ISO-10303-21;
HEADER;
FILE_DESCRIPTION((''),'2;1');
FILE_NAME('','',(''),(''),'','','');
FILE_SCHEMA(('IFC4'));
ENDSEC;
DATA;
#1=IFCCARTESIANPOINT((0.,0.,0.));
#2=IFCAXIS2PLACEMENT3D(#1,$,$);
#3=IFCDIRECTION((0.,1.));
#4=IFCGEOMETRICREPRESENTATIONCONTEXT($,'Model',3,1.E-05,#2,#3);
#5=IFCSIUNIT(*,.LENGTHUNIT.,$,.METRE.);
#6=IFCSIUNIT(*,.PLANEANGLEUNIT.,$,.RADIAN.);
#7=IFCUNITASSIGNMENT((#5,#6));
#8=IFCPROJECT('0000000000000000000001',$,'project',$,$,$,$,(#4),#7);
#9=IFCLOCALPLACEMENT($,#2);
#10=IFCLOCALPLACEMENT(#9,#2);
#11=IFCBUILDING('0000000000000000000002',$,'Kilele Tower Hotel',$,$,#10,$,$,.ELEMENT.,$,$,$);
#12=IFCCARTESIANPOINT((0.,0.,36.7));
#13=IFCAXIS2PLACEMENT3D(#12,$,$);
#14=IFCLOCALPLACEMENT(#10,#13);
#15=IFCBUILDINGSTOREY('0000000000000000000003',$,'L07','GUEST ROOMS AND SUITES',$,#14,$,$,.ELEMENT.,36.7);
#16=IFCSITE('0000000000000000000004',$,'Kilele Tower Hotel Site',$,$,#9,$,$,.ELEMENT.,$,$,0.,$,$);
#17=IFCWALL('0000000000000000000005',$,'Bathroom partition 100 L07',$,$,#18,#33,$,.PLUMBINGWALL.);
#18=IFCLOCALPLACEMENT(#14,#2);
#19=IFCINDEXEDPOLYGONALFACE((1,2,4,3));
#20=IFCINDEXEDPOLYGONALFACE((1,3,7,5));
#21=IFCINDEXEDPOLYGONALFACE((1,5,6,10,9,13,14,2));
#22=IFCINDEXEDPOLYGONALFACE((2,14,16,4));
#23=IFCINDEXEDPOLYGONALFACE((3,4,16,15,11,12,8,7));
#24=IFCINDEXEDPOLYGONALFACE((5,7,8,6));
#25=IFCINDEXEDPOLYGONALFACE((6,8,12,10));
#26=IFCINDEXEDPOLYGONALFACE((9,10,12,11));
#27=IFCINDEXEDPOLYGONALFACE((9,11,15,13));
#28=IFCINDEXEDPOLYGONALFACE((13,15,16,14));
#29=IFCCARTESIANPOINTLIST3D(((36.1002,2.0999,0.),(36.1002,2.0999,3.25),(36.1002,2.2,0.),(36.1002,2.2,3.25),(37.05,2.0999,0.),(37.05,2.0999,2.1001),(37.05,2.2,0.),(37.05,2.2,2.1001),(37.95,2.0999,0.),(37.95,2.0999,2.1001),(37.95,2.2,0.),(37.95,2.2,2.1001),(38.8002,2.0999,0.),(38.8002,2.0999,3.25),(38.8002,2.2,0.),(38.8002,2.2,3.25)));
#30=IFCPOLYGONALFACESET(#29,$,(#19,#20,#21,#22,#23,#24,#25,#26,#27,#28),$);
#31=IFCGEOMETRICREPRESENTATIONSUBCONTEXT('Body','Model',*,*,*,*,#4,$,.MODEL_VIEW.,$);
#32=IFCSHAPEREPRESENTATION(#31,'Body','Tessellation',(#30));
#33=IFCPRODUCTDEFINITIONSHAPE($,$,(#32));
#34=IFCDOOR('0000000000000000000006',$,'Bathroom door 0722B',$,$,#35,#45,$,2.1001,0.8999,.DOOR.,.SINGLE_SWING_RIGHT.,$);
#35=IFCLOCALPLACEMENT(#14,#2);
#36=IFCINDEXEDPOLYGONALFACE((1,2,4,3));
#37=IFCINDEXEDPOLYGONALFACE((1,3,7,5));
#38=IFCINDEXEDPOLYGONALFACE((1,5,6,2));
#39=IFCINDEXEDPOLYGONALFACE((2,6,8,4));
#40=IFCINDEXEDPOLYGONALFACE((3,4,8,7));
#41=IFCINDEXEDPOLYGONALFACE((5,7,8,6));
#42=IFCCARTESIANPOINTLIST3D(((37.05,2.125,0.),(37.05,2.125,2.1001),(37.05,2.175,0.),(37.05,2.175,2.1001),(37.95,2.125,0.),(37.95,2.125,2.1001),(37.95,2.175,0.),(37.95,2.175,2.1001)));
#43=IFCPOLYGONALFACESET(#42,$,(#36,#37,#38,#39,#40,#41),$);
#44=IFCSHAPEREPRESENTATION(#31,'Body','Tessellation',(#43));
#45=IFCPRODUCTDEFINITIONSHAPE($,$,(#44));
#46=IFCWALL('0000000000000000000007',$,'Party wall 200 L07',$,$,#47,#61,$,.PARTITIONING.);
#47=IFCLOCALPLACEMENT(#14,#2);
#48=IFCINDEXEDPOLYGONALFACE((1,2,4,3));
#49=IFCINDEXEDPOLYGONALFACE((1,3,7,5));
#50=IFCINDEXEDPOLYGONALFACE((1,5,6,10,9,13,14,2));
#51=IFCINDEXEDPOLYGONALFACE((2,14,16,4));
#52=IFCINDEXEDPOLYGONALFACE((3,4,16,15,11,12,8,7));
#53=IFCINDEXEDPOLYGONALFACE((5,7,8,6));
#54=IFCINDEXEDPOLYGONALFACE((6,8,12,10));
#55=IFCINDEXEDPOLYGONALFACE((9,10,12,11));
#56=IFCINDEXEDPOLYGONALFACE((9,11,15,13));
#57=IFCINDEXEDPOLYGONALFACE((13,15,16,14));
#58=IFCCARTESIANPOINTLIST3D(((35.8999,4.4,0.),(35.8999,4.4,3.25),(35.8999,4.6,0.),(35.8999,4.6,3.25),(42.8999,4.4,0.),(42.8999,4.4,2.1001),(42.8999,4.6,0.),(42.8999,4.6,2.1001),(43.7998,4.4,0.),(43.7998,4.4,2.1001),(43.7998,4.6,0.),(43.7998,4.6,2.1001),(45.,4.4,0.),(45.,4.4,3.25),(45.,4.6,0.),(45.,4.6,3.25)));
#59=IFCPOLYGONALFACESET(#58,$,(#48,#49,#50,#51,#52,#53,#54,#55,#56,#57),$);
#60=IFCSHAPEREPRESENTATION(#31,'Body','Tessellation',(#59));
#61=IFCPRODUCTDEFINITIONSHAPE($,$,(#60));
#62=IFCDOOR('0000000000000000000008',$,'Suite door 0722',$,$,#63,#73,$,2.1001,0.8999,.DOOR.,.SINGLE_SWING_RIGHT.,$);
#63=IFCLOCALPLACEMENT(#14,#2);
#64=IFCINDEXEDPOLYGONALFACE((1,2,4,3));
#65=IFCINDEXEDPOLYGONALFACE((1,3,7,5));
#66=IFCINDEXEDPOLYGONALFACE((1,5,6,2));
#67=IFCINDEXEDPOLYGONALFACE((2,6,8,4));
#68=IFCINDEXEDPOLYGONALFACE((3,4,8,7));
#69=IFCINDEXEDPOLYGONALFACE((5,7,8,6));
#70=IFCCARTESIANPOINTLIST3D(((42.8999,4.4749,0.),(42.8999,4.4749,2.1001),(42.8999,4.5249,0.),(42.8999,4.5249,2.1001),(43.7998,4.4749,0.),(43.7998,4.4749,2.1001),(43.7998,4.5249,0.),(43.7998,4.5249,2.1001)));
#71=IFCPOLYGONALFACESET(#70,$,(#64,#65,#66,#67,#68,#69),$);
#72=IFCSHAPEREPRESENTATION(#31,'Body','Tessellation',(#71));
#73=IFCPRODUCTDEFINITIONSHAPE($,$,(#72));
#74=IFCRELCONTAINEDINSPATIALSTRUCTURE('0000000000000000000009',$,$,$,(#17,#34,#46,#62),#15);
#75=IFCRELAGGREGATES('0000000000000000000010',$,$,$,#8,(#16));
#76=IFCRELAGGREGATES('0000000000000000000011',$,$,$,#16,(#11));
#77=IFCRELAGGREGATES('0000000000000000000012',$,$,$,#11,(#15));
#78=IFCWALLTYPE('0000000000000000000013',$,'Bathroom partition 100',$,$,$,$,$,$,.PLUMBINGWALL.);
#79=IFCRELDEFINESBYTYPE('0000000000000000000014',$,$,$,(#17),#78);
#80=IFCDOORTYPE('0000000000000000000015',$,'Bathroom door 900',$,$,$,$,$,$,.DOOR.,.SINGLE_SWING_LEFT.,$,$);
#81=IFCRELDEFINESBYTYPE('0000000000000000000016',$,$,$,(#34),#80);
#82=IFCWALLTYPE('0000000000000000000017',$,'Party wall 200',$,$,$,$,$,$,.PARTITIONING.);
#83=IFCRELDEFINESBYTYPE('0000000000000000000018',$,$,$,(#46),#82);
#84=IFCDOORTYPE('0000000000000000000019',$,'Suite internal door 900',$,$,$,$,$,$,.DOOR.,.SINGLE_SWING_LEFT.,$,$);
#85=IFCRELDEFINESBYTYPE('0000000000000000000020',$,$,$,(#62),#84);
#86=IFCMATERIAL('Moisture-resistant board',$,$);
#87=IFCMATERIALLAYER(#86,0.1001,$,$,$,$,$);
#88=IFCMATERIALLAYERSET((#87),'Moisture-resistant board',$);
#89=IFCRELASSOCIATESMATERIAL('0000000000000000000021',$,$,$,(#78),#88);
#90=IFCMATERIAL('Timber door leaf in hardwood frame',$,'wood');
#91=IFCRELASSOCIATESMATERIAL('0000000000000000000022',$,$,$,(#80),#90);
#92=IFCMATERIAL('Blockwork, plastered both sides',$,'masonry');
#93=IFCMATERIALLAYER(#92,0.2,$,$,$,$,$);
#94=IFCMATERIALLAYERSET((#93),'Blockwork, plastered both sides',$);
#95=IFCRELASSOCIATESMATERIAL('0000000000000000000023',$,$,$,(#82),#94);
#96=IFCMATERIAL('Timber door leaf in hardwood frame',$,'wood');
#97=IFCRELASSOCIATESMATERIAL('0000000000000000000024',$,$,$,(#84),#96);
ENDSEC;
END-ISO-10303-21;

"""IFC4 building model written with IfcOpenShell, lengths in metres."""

from ifc_helpers import new_model, si_unit, direction, frame, frame_2d, origin, place, context, subcontext, project, spatial, rectangle, extrude, material, layer, layer_set, type_object, element, fill, save


model = new_model("IFC4")

# Units and contexts
model_context = context("Model", 3, precision=1e-05, world=origin(), true_north=direction((0.0, 1.0)))
body_context = subcontext(model_context, "Body", "Model", "MODEL_VIEW")
ifc_project = project(units=[si_unit("LENGTHUNIT", "METRE"), si_unit("PLANEANGLEUNIT", "RADIAN")], contexts=[model_context])

# Site, building, storey
site_placement = place(None, origin())
site = spatial("IfcSite", under=ifc_project, at=site_placement, Name="Kilele Tower Hotel Site", CompositionType="ELEMENT", RefElevation=0.0)
building_placement = place(site_placement, origin())
building = spatial("IfcBuilding", under=site, at=building_placement, Name="Kilele Tower Hotel", CompositionType="ELEMENT")
storey_placement = place(building_placement, frame((0.0, 0.0, 36.7)))
storey = spatial("IfcBuildingStorey", under=building, at=storey_placement, Name="L07", Description="GUEST ROOMS AND SUITES", CompositionType="ELEMENT", Elevation=36.7)

# Shared definitions
ifc_material_1 = material(Name="Moisture-resistant board")
ifc_layer_1 = layer(ifc_material_1, 0.1001)
ifc_layer_set_1 = layer_set([ifc_layer_1], Name="Moisture-resistant board")
wall_type_1 = type_object("IfcWallType", Name="Bathroom partition 100", PredefinedType="PLUMBINGWALL", material=ifc_layer_set_1)

# Walls, openings, doors
ifc_material_2 = material(Name="Timber door leaf in hardwood frame", Category="wood")
door_type_1 = type_object("IfcDoorType", Name="Bathroom door 900", OperationType="SINGLE_SWING_LEFT", PredefinedType="DOOR", material=ifc_material_2)
wall_1_placement = place(storey_placement, frame((36.1001, 2.1499, 0.0), z_axis=(0.0, 0.0, 1.0), x_axis=(1.0, 0.0, 0.0)))
wall_1 = element("IfcWall", 1, at=wall_1_placement, inside=storey, type_object=wall_type_1, Name="Bathroom partition 100 L07", PredefinedType="PLUMBINGWALL", context=body_context, shape_type="SweptSolid", body=[
    extrude(rectangle(XDim=2.7, YDim=0.1001, at=frame_2d((1.3501, 0.0))), origin(), (0.0, 0.0, 1.0), 3.25),
])
opening_1_placement = place(wall_1_placement, frame((1.8499, 0.0, 0.0), z_axis=(0.0, 0.0, 1.0), x_axis=(-1.0, 0.0, 0.0)))
opening_1 = element("IfcOpeningElement", 2, at=opening_1_placement, cuts=wall_1, PredefinedType="OPENING", context=body_context, shape_type="SweptSolid", body=[
    extrude(rectangle(XDim=0.8999, YDim=2.1001, at=frame_2d((0.45, 1.05))), frame((0.0, 0.0601, 0.0), z_axis=(0.0, -1.0, 0.0), x_axis=(1.0, 0.0, 0.0)), (0.0, 0.0, 1.0), 0.1201),
])
door_1_placement = place(opening_1_placement, origin())
door_1 = element("IfcDoor", 3, at=door_1_placement, inside=storey, type_object=door_type_1, Name="Bathroom door 0722B", OperationType="SINGLE_SWING_RIGHT", OverallHeight=2.1001, OverallWidth=0.8999, PredefinedType="DOOR", context=body_context, shape_type="SweptSolid", body=[
    extrude(rectangle(XDim=0.8999, YDim=2.1001, at=frame_2d((0.45, 1.05))), frame((0.0, 0.0249, 0.0), z_axis=(0.0, -1.0, 0.0), x_axis=(1.0, 0.0, 0.0)), (0.0, 0.0, 1.0), 0.05),
])
fill(opening_1, door_1)
ifc_material_3 = material(Name="Blockwork, plastered both sides", Category="masonry")
ifc_layer_2 = layer(ifc_material_3, 0.2)
ifc_layer_set_2 = layer_set([ifc_layer_2], Name="Blockwork, plastered both sides")
wall_type_2 = type_object("IfcWallType", Name="Party wall 200", PredefinedType="PARTITIONING", material=ifc_layer_set_2)
wall_2_placement = place(storey_placement, frame((35.8999, 4.5, 0.0), z_axis=(0.0, 0.0, 1.0), x_axis=(1.0, 0.0, 0.0)))
wall_2 = element("IfcWall", 4, at=wall_2_placement, inside=storey, type_object=wall_type_2, Name="Party wall 200 L07", PredefinedType="PARTITIONING", context=body_context, shape_type="SweptSolid", body=[
    extrude(rectangle(XDim=9.1001, YDim=0.2, at=frame_2d((4.55, 0.0))), origin(), (0.0, 0.0, 1.0), 3.25),
])
opening_2_placement = place(wall_2_placement, frame((7.0, 0.0, 0.0)))
opening_2 = element("IfcOpeningElement", 5, at=opening_2_placement, cuts=wall_2, PredefinedType="OPENING", context=body_context, shape_type="SweptSolid", body=[
    extrude(rectangle(XDim=0.8999, YDim=2.1001, at=frame_2d((0.45, 1.05))), frame((0.0, 0.1099, 0.0), z_axis=(0.0, -1.0, 0.0), x_axis=(1.0, 0.0, 0.0)), (0.0, 0.0, 1.0), 0.22),
])
ifc_material_4 = material(Name="Timber door leaf in hardwood frame", Category="wood")
door_type_2 = type_object("IfcDoorType", Name="Suite internal door 900", OperationType="SINGLE_SWING_LEFT", PredefinedType="DOOR", material=ifc_material_4)
door_2_placement = place(opening_2_placement, origin())
door_2 = element("IfcDoor", 6, at=door_2_placement, inside=storey, type_object=door_type_2, Name="Suite door 0722", OperationType="SINGLE_SWING_RIGHT", OverallHeight=2.1001, OverallWidth=0.8999, PredefinedType="DOOR", context=body_context, shape_type="SweptSolid", body=[
    extrude(rectangle(XDim=0.8999, YDim=2.1001, at=frame_2d((0.45, 1.05))), frame((0.0, 0.0249, 0.0), z_axis=(0.0, -1.0, 0.0), x_axis=(1.0, 0.0, 0.0)), (0.0, 0.0, 1.0), 0.05),
])
fill(opening_2, door_2)

save(model, "model.ifc")
